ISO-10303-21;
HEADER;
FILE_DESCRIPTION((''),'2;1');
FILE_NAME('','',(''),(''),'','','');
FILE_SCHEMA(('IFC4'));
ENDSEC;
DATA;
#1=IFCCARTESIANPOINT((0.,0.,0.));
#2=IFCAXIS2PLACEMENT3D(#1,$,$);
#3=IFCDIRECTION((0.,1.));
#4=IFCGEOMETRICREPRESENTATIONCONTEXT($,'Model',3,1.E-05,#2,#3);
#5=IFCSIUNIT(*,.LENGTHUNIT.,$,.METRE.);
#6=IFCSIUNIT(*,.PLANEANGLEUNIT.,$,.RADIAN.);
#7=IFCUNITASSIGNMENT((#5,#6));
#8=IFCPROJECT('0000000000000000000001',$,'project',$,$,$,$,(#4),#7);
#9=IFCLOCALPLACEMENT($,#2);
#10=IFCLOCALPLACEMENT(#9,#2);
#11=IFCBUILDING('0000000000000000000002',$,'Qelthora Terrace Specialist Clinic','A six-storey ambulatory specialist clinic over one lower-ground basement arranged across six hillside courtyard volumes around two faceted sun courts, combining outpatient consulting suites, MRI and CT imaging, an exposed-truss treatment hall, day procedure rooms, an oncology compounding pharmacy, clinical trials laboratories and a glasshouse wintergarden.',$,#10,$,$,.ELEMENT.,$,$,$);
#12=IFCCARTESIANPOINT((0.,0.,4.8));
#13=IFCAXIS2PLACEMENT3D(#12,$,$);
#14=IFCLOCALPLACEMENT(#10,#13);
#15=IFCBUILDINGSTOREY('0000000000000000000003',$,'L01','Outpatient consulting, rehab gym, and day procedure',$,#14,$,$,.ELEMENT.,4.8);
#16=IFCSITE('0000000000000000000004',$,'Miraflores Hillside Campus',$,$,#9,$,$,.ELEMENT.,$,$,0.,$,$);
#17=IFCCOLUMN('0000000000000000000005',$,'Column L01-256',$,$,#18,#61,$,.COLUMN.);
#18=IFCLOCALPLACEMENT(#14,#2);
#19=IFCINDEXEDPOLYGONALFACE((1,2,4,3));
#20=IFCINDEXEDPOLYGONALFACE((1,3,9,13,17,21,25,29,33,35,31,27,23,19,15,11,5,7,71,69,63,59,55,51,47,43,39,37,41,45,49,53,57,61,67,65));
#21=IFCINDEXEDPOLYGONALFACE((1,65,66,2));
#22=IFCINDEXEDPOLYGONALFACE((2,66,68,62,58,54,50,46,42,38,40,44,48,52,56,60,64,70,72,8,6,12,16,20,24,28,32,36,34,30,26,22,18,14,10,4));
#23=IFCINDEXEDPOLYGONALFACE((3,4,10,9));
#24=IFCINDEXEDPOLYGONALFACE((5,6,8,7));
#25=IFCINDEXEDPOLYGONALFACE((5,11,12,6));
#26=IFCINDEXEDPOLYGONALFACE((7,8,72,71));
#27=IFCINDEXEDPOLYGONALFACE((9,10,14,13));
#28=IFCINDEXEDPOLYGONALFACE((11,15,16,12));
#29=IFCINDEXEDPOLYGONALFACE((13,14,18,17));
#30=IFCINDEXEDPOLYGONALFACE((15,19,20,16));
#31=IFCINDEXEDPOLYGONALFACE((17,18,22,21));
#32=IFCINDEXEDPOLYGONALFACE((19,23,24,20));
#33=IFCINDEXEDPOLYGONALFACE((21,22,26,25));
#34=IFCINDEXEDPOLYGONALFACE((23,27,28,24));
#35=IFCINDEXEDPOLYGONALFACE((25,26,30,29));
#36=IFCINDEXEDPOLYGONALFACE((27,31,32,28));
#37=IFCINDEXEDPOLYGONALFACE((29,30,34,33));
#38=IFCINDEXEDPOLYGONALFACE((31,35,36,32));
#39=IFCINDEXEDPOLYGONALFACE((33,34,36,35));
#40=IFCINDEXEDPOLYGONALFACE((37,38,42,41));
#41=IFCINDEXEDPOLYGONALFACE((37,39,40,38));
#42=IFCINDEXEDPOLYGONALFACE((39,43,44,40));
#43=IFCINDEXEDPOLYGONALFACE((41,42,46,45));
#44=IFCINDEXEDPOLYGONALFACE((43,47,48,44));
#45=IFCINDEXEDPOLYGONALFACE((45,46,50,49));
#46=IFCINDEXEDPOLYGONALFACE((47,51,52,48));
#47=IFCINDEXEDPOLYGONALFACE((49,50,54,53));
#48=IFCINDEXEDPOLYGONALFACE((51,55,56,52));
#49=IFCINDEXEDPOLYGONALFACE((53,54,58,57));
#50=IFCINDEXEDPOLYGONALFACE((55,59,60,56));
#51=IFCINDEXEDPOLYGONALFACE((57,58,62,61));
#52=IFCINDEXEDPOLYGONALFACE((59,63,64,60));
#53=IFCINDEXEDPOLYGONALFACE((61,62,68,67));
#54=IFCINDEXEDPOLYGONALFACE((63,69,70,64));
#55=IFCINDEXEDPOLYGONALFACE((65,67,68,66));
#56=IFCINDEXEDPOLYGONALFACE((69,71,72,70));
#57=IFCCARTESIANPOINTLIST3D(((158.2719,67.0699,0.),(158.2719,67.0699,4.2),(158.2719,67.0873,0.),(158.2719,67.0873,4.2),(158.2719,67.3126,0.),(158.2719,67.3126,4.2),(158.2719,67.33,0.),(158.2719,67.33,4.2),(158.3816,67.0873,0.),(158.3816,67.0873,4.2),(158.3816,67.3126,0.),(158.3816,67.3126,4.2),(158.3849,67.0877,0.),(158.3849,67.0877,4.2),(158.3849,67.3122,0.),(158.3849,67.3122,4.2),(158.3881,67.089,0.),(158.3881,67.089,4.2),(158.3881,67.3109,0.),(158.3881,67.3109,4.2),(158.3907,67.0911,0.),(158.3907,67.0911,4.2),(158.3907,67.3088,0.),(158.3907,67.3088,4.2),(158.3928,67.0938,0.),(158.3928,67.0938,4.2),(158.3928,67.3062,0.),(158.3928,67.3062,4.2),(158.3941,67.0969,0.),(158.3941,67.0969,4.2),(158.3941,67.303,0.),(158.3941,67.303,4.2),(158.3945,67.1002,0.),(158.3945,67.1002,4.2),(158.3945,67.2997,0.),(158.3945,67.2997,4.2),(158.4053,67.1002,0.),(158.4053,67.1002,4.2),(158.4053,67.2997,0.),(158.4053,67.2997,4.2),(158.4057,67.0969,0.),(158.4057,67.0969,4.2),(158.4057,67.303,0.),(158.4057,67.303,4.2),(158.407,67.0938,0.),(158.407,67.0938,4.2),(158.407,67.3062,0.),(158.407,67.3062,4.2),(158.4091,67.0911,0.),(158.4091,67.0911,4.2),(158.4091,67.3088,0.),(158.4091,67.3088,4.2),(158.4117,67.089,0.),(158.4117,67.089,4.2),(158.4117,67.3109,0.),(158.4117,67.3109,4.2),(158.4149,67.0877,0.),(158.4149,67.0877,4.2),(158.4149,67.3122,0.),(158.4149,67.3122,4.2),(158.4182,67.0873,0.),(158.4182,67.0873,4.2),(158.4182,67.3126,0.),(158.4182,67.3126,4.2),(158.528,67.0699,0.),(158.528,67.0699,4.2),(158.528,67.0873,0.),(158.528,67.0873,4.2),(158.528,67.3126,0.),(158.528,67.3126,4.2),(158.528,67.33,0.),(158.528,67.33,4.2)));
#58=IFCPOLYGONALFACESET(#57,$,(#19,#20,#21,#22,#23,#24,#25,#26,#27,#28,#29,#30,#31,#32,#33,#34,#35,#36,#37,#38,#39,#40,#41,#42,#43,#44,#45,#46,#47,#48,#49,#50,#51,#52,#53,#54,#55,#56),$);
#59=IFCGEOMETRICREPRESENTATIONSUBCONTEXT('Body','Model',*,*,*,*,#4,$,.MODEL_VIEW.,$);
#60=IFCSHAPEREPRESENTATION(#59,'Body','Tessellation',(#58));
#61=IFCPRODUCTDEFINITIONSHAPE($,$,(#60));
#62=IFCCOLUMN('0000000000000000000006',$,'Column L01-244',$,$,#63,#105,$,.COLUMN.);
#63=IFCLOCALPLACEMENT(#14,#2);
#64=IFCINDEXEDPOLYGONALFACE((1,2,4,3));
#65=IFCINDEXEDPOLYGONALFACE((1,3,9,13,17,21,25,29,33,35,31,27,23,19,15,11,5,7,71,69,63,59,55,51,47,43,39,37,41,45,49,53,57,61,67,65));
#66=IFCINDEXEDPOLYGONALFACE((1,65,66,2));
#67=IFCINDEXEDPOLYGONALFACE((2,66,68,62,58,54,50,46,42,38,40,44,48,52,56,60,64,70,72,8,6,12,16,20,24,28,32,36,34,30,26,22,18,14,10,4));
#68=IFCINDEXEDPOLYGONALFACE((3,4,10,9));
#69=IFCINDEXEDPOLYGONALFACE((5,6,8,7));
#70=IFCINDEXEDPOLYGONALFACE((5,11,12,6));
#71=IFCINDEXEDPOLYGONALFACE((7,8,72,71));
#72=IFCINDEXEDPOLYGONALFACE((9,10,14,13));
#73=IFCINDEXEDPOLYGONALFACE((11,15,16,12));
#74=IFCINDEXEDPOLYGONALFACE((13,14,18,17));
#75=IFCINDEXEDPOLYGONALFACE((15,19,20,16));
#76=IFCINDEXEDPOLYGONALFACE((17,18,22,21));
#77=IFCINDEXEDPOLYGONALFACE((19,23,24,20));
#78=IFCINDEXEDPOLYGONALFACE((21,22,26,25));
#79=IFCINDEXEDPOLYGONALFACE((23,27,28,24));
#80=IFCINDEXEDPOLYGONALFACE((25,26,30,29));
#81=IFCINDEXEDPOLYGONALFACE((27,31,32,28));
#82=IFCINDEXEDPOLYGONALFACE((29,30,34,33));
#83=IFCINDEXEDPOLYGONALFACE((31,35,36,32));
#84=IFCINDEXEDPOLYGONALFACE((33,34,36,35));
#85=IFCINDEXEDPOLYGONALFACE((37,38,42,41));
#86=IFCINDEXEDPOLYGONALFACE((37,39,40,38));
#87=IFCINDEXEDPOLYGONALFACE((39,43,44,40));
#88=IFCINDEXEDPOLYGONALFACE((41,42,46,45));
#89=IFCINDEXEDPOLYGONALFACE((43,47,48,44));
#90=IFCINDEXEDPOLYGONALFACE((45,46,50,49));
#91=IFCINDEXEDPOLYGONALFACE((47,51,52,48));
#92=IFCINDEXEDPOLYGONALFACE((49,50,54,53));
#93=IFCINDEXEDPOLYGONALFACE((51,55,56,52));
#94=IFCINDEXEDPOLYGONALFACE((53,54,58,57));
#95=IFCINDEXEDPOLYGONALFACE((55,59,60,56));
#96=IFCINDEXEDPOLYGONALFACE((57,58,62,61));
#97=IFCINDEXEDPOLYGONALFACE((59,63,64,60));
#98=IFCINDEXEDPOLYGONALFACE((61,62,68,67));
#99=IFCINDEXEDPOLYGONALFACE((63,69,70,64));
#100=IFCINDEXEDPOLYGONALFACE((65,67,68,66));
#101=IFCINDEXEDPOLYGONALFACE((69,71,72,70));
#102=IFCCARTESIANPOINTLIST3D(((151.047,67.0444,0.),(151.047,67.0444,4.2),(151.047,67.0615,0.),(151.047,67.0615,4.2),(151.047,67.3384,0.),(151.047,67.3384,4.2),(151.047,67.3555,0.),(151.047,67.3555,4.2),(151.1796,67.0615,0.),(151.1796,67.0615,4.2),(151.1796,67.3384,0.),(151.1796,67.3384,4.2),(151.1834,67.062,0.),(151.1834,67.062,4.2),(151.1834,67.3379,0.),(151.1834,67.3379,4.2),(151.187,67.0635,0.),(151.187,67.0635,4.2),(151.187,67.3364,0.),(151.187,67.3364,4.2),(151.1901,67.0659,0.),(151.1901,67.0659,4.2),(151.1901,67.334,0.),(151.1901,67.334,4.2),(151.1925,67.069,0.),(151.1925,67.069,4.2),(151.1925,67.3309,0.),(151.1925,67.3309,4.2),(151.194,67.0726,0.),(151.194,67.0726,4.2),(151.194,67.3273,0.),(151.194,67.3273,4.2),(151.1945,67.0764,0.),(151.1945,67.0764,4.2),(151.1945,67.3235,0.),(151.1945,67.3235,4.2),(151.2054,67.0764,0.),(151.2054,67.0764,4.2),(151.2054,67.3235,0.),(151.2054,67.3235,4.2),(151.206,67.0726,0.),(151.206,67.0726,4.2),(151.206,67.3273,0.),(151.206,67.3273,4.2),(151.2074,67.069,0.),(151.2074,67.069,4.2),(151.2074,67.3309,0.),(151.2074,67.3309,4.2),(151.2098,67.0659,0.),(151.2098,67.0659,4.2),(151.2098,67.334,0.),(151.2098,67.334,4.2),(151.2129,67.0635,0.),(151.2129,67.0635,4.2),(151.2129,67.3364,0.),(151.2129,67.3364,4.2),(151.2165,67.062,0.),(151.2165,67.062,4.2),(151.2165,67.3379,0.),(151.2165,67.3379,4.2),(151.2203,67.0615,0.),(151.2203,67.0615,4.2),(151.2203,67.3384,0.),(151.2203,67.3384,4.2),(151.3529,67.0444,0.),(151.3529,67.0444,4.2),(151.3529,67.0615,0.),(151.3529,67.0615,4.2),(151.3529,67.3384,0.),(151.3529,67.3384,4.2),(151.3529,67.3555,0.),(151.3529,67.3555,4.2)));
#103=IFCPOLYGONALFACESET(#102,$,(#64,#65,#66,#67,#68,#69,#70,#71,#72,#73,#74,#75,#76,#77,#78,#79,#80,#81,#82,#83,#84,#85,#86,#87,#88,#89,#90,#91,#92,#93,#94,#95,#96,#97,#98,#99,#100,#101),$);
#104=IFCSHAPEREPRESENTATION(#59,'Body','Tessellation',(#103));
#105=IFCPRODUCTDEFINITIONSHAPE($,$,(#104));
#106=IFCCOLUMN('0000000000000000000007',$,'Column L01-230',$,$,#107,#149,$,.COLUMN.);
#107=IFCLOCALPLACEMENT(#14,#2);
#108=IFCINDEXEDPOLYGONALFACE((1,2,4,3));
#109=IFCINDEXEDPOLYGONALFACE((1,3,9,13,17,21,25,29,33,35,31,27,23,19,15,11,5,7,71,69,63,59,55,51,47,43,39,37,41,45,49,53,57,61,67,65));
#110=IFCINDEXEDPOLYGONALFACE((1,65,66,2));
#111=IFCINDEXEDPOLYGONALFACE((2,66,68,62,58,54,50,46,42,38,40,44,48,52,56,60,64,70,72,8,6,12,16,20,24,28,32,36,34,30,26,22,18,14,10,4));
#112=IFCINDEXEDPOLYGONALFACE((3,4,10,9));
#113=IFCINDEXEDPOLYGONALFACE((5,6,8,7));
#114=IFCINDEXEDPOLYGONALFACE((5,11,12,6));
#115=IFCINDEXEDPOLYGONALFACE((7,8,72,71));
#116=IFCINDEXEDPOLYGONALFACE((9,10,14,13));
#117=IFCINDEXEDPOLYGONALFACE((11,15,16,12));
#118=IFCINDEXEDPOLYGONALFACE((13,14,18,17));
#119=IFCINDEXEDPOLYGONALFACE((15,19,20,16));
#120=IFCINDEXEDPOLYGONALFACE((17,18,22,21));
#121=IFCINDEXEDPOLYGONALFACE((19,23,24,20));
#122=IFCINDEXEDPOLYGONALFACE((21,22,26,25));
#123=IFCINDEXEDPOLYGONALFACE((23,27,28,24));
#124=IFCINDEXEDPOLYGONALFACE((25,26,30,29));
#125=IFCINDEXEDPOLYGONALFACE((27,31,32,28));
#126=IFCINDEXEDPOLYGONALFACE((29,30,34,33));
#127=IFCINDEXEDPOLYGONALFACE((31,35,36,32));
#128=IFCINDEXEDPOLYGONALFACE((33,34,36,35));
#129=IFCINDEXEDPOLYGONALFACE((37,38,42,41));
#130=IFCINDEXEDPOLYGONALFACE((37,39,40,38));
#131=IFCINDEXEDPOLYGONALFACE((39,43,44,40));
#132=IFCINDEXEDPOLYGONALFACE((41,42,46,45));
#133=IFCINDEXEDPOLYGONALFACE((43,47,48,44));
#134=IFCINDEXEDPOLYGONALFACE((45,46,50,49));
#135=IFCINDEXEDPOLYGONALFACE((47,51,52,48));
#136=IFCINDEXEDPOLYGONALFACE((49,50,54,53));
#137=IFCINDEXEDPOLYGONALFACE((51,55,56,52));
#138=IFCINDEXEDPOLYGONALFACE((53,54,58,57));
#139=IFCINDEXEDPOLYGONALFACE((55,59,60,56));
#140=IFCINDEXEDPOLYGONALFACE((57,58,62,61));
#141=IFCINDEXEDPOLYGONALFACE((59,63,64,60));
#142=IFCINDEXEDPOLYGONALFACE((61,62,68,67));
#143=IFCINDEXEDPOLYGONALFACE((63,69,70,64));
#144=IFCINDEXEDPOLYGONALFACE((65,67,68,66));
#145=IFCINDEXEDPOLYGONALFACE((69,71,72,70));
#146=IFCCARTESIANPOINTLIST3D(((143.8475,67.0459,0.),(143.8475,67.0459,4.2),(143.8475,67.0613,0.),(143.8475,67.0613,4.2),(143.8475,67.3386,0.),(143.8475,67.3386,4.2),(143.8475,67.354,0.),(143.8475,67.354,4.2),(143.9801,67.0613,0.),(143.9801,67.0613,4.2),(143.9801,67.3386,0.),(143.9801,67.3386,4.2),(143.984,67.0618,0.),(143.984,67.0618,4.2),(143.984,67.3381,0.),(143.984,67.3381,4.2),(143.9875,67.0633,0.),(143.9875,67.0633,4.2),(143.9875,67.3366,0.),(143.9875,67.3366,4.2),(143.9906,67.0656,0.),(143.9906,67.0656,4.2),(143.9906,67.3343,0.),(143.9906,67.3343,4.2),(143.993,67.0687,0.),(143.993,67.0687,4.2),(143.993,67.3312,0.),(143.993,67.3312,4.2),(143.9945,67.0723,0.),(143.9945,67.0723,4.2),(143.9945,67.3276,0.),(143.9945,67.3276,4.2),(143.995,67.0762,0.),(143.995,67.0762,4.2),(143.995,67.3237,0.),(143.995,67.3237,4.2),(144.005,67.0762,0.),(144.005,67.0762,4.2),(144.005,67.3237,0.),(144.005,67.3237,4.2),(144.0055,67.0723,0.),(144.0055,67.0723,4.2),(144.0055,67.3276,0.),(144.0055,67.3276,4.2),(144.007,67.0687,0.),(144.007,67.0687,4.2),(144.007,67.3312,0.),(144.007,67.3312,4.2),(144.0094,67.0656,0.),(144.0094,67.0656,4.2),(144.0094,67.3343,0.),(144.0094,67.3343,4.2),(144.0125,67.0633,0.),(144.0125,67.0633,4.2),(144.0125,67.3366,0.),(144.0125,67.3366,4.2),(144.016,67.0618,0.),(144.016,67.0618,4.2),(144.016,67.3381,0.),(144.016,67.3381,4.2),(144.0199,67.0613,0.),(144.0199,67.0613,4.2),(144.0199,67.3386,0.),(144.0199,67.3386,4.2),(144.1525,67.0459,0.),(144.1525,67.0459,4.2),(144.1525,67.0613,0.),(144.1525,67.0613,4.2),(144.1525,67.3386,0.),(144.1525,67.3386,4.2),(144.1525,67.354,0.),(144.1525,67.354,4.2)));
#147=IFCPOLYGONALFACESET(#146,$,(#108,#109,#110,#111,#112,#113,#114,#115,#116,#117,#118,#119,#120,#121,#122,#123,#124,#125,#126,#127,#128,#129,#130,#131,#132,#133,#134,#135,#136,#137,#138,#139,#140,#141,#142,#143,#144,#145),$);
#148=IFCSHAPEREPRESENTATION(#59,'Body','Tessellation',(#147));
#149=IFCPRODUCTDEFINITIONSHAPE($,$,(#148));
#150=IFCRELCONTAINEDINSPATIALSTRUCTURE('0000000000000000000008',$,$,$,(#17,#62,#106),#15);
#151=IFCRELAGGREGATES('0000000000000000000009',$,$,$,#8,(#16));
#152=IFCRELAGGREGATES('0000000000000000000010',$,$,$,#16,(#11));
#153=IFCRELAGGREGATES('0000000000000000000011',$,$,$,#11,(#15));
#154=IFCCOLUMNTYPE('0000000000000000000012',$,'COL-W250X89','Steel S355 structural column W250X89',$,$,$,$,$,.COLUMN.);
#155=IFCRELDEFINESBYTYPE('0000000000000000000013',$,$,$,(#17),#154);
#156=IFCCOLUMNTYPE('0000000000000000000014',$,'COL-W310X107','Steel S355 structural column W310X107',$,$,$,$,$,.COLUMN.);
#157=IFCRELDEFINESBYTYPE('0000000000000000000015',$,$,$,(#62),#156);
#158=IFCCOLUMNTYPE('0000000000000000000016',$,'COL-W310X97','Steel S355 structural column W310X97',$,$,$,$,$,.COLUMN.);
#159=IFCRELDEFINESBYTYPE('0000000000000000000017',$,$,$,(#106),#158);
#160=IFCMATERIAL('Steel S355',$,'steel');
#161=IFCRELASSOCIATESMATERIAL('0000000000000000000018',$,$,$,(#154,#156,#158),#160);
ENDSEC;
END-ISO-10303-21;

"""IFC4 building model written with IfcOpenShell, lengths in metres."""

from ifc_helpers import new_model, si_unit, direction, frame, origin, origin_2d, place, context, subcontext, project, spatial, i_section, extrude, material, material_profile, profile_set, type_object, element, save


model = new_model("IFC4")

# Units and contexts
model_context = context("Model", 3, precision=1e-05, world=origin(), true_north=direction((0.0, 1.0)))
body_context = subcontext(model_context, "Body", "Model", "MODEL_VIEW")
ifc_project = project(units=[si_unit("LENGTHUNIT", "METRE"), si_unit("PLANEANGLEUNIT", "RADIAN")], contexts=[model_context])

# Site, building, storey
site_placement = place(None, origin())
site = spatial("IfcSite", under=ifc_project, at=site_placement, Name="Miraflores Hillside Campus", CompositionType="ELEMENT", RefElevation=0.0)
building_placement = place(site_placement, origin())
building = spatial("IfcBuilding", under=site, at=building_placement, Name="Qelthora Terrace Specialist Clinic", Description="A six-storey ambulatory specialist clinic over one lower-ground basement arranged across six hillside courtyard volumes around two faceted sun courts, combining outpatient consulting suites, MRI and CT imaging, an exposed-truss treatment hall, day procedure rooms, an oncology compounding pharmacy, clinical trials laboratories and a glasshouse wintergarden.", CompositionType="ELEMENT")
storey_placement = place(building_placement, frame((0.0, 0.0, 4.8)))
storey = spatial("IfcBuildingStorey", under=building, at=storey_placement, Name="L01", Description="Outpatient consulting, rehab gym, and day procedure", CompositionType="ELEMENT", Elevation=4.8)

# Columns
ifc_material_1 = material(Name="Steel S355", Category="steel")
ifc_material_profile_1 = material_profile(ifc_material_1, i_section(OverallWidth=0.2561, OverallDepth=0.26, WebThickness=0.0107, FlangeThickness=0.0173, FilletRadius=0.0129, at=origin_2d()), Name="W250X89")
ifc_profile_set_1 = profile_set([ifc_material_profile_1], Name="Steel S355")
column_type_1 = type_object("IfcColumnType", Name="COL-W250X89", Description="Steel S355 structural column W250X89", PredefinedType="COLUMN", material=ifc_profile_set_1)
column_1_placement = place(storey_placement, frame((158.3999, 67.2, 0.0), z_axis=(0.0, 0.0, 1.0), x_axis=(1.0, 0.0, 0.0)))
element("IfcColumn", 1, at=column_1_placement, inside=storey, type_object=column_type_1, Name="Column L01-256", PredefinedType="COLUMN", context=body_context, shape_type="SweptSolid", body=[
    extrude(i_section(OverallWidth=0.2561, OverallDepth=0.26, WebThickness=0.0107, FlangeThickness=0.0173, FilletRadius=0.0129, at=origin_2d()), origin(), (0.0, 0.0, 1.0), 4.2),
])
ifc_material_profile_2 = material_profile(ifc_material_1, i_section(OverallWidth=0.3059, OverallDepth=0.311, WebThickness=0.011, FlangeThickness=0.0171, FilletRadius=0.0149, at=origin_2d()), Name="W310X107")
ifc_profile_set_2 = profile_set([ifc_material_profile_2], Name="Steel S355")
column_type_2 = type_object("IfcColumnType", Name="COL-W310X107", Description="Steel S355 structural column W310X107", PredefinedType="COLUMN", material=ifc_profile_set_2)
column_2_placement = place(storey_placement, frame((151.2, 67.2, 0.0), z_axis=(0.0, 0.0, 1.0), x_axis=(1.0, 0.0, 0.0)))
element("IfcColumn", 2, at=column_2_placement, inside=storey, type_object=column_type_2, Name="Column L01-244", PredefinedType="COLUMN", context=body_context, shape_type="SweptSolid", body=[
    extrude(i_section(OverallWidth=0.3059, OverallDepth=0.311, WebThickness=0.011, FlangeThickness=0.0171, FilletRadius=0.0149, at=origin_2d()), origin(), (0.0, 0.0, 1.0), 4.2),
])
ifc_material_profile_3 = material_profile(ifc_material_1, i_section(OverallWidth=0.3049, OverallDepth=0.3081, WebThickness=0.01, FlangeThickness=0.0154, FilletRadius=0.0149, at=origin_2d()), Name="W310X97")
ifc_profile_set_3 = profile_set([ifc_material_profile_3], Name="Steel S355")
column_type_3 = type_object("IfcColumnType", Name="COL-W310X97", Description="Steel S355 structural column W310X97", PredefinedType="COLUMN", material=ifc_profile_set_3)
column_3_placement = place(storey_placement, frame((144.0, 67.2, 0.0), z_axis=(0.0, 0.0, 1.0), x_axis=(1.0, 0.0, 0.0)))
element("IfcColumn", 3, at=column_3_placement, inside=storey, type_object=column_type_3, Name="Column L01-230", PredefinedType="COLUMN", context=body_context, shape_type="SweptSolid", body=[
    extrude(i_section(OverallWidth=0.3049, OverallDepth=0.3081, WebThickness=0.01, FlangeThickness=0.0154, FilletRadius=0.0149, at=origin_2d()), origin(), (0.0, 0.0, 1.0), 4.2),
])

save(model, "model.ifc")
